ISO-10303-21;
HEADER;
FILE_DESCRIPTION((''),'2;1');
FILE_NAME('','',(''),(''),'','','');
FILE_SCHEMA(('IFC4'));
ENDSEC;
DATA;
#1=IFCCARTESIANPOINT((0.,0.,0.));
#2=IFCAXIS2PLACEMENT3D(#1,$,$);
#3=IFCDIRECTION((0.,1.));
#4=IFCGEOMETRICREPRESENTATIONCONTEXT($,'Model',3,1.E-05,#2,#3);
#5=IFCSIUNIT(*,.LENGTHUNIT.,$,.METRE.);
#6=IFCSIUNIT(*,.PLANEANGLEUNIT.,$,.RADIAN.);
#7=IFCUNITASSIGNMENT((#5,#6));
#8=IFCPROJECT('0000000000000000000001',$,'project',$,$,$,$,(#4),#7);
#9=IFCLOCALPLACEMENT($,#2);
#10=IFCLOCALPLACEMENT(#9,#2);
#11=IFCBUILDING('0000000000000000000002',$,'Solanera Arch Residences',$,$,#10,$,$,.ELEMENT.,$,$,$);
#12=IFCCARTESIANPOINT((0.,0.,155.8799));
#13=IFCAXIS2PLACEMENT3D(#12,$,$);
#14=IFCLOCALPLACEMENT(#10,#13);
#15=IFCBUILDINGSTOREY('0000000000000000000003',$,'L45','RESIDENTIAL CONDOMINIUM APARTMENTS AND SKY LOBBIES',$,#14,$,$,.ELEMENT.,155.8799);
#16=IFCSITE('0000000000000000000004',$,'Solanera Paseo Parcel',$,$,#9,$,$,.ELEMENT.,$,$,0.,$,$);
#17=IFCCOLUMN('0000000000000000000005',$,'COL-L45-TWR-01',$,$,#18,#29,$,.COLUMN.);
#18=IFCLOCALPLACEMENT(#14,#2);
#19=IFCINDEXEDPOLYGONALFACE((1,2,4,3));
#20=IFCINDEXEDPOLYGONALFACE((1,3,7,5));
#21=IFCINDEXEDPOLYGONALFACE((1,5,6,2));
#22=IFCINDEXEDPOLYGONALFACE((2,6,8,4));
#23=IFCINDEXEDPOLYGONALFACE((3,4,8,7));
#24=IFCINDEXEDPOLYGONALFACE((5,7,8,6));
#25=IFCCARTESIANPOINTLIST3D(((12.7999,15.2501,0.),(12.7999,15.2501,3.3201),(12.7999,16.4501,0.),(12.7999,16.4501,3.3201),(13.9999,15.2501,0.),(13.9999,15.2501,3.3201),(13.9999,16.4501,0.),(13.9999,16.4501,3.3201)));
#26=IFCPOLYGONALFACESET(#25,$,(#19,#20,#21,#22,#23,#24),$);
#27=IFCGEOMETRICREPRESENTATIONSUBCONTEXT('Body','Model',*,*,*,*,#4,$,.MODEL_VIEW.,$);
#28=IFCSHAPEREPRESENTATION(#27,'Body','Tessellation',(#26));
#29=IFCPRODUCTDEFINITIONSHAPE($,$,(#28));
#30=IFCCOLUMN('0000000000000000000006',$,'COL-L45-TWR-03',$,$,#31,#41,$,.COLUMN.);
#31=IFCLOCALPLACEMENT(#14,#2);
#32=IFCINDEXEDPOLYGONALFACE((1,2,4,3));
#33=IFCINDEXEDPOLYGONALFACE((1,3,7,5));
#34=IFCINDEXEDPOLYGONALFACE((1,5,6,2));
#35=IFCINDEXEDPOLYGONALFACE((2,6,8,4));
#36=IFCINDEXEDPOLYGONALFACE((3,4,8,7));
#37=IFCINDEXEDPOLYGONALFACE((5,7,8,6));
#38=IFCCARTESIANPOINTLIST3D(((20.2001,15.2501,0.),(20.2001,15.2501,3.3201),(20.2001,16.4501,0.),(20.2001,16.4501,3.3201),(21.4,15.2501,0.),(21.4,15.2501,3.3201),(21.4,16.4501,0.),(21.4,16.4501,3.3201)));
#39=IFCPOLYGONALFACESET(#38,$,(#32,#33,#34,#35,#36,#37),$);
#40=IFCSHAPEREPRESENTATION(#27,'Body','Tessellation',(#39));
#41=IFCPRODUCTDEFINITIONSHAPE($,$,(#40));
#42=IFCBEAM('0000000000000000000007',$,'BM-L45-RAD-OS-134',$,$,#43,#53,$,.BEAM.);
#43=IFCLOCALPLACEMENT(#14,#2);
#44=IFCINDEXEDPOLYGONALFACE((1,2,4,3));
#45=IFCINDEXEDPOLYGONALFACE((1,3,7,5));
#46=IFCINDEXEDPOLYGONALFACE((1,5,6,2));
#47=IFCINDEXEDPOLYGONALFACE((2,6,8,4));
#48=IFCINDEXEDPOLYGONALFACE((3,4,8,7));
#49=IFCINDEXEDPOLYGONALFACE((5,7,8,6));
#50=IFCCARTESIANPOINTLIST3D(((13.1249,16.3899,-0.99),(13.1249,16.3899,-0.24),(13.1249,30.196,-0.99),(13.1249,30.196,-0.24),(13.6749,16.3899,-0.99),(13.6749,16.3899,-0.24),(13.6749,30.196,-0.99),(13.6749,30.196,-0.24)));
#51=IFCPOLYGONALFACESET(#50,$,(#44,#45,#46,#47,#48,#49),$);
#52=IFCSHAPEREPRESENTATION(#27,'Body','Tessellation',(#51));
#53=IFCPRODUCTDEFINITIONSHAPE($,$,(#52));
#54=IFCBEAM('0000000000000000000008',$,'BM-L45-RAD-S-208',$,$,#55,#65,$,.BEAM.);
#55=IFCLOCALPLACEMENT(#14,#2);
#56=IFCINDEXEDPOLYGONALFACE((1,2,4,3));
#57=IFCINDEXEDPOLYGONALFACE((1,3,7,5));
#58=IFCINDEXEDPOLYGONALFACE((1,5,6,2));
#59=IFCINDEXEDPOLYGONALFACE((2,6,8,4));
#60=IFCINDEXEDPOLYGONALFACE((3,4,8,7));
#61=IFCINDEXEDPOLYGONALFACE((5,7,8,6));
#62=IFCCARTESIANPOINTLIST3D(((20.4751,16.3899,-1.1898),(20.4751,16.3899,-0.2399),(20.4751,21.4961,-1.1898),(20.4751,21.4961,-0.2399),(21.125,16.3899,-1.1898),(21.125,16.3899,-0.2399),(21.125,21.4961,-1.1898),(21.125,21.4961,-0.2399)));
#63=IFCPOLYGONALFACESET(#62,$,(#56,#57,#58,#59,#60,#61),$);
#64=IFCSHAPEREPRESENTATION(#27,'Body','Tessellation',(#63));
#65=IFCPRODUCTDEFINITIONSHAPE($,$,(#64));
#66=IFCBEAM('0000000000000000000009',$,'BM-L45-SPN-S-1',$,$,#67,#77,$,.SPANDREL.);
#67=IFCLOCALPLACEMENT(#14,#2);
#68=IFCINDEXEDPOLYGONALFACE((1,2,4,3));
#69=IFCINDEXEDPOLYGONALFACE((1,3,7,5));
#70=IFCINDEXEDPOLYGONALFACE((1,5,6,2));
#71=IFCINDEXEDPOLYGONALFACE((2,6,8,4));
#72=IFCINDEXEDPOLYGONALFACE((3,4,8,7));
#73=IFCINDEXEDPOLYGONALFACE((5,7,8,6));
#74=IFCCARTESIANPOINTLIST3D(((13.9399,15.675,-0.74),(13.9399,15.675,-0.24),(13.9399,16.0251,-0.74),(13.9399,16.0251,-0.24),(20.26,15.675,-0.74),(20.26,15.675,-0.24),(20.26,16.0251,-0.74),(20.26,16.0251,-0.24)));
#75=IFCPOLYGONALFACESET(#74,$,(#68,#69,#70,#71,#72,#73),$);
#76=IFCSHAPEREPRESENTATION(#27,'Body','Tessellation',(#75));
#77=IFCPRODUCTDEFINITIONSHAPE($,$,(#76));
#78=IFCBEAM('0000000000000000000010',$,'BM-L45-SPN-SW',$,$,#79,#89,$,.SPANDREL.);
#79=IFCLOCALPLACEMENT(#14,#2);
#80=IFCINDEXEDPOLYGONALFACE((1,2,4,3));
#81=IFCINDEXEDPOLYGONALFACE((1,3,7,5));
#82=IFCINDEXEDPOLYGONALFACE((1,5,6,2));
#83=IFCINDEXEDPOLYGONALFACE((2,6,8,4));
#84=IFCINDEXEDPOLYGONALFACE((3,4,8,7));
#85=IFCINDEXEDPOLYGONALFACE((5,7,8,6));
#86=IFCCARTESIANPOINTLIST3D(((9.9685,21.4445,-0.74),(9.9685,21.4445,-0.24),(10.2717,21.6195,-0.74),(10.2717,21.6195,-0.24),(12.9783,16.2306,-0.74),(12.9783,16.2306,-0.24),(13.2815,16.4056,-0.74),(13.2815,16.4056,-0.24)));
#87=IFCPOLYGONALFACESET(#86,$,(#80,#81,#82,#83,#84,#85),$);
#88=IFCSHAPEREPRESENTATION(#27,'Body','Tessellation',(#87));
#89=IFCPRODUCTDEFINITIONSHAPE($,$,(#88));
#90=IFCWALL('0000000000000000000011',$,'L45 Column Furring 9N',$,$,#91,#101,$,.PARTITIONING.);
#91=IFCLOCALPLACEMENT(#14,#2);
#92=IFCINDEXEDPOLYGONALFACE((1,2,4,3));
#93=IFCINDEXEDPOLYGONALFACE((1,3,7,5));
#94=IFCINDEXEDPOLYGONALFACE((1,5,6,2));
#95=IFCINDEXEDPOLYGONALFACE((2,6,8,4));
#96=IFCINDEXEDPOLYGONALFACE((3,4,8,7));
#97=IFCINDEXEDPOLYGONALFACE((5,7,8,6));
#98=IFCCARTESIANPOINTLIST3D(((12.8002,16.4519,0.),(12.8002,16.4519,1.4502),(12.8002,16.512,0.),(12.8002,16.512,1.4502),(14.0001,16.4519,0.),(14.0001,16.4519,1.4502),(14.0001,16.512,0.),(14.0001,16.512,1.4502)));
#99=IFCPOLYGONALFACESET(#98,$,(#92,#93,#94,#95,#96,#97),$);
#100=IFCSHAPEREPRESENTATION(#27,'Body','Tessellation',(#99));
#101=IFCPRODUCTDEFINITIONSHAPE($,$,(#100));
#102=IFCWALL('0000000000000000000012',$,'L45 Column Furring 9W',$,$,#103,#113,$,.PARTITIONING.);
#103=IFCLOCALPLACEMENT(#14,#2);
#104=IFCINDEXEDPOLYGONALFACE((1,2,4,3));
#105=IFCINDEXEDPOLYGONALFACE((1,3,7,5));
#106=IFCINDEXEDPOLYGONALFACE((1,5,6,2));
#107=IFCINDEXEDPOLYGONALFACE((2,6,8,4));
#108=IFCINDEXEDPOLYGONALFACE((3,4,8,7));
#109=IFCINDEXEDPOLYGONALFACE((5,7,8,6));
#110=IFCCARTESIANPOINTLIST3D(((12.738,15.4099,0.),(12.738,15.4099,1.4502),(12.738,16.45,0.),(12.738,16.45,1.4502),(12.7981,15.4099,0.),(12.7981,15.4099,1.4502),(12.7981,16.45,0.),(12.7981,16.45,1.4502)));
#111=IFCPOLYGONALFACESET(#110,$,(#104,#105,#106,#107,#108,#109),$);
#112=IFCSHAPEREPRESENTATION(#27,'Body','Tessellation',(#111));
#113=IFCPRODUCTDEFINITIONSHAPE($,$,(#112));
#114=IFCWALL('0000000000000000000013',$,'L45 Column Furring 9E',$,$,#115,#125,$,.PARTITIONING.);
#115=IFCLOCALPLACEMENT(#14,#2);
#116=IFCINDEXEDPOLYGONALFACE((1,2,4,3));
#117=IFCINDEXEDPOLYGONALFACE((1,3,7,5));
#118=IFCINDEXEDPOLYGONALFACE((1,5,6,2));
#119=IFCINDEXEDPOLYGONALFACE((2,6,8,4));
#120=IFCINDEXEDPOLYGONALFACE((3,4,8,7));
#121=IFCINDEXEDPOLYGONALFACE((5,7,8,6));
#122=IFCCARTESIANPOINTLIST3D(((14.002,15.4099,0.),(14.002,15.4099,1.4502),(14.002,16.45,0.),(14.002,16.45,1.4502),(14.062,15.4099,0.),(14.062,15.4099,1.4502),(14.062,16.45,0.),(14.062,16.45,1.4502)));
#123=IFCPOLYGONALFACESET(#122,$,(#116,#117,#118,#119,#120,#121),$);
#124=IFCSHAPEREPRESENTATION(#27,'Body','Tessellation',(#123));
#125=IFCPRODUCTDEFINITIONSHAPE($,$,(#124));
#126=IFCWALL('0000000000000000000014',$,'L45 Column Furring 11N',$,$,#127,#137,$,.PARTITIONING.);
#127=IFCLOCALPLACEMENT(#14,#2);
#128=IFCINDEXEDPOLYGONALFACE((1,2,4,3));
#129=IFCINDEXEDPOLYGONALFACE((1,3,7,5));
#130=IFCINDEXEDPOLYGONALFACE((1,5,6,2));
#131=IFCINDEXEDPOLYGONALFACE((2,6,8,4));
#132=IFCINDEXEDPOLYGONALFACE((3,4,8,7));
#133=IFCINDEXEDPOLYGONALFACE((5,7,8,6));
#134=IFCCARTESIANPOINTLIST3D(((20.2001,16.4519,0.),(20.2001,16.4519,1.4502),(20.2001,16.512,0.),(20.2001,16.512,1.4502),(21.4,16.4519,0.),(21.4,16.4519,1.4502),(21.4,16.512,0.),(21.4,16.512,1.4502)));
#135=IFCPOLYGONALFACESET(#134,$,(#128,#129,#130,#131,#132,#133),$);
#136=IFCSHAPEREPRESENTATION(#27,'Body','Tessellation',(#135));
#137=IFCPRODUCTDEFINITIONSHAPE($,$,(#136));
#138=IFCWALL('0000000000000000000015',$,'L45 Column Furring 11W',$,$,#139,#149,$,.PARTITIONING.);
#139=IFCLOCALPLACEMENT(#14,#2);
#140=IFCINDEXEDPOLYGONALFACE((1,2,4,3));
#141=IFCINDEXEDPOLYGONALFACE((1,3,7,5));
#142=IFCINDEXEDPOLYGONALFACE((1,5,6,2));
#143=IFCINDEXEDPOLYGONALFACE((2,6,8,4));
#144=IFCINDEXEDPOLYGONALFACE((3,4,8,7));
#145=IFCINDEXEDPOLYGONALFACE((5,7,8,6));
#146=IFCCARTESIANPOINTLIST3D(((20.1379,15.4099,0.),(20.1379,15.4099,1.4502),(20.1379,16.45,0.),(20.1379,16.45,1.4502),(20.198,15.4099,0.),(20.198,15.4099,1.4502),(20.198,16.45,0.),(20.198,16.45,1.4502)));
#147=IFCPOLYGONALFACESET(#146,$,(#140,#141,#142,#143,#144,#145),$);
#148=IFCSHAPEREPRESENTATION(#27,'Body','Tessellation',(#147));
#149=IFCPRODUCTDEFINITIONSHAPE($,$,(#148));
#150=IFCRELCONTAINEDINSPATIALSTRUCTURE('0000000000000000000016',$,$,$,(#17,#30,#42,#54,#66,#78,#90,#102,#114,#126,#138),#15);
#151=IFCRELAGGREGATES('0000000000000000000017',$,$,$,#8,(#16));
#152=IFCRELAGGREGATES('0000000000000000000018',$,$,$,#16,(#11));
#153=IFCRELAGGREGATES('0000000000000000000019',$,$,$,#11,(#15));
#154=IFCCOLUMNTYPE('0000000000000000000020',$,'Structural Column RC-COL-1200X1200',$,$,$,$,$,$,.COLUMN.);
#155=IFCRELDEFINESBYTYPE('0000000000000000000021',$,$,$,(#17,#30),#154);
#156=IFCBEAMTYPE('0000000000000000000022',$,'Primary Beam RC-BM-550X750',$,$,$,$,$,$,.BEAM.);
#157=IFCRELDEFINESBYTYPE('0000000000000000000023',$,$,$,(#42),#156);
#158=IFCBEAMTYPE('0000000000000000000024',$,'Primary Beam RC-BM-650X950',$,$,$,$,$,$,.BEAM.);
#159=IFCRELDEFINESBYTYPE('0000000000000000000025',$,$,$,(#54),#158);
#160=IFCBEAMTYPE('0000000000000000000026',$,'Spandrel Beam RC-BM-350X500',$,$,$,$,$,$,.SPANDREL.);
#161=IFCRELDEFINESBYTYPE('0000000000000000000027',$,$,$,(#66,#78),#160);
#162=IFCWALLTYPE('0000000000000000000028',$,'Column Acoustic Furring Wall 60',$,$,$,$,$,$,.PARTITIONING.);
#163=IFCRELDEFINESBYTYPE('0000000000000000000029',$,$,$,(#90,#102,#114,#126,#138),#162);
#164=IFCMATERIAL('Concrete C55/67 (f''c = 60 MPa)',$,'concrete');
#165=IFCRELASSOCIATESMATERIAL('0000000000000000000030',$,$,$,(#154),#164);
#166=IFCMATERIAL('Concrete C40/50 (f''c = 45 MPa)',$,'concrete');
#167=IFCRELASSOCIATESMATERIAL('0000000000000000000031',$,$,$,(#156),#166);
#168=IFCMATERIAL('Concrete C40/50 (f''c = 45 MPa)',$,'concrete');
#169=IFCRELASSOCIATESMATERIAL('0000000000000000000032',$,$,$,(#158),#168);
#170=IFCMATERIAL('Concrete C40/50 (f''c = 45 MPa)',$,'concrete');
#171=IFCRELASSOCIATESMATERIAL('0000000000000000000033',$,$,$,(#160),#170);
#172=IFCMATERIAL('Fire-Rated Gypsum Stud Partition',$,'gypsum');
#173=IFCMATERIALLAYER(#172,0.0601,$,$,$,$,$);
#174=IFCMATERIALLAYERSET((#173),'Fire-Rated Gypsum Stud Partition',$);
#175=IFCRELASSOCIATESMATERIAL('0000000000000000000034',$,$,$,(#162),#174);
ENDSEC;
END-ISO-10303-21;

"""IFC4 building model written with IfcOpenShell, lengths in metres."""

from ifc_helpers import new_model, si_unit, direction, frame, frame_2d, origin, origin_2d, place, context, subcontext, project, spatial, rectangle, extrude, material, layer, layer_set, material_profile, profile_set, type_object, element, save


model = new_model("IFC4")

# Units and contexts
model_context = context("Model", 3, precision=1e-05, world=origin(), true_north=direction((0.0, 1.0)))
body_context = subcontext(model_context, "Body", "Model", "MODEL_VIEW")
ifc_project = project(units=[si_unit("LENGTHUNIT", "METRE"), si_unit("PLANEANGLEUNIT", "RADIAN")], contexts=[model_context])

# Site, building, storey
site_placement = place(None, origin())
site = spatial("IfcSite", under=ifc_project, at=site_placement, Name="Solanera Paseo Parcel", CompositionType="ELEMENT", RefElevation=0.0)
building_placement = place(site_placement, origin())
building = spatial("IfcBuilding", under=site, at=building_placement, Name="Solanera Arch Residences", CompositionType="ELEMENT")
storey_placement = place(building_placement, frame((0.0, 0.0, 155.8799)))
storey = spatial("IfcBuildingStorey", under=building, at=storey_placement, Name="L45", Description="RESIDENTIAL CONDOMINIUM APARTMENTS AND SKY LOBBIES", CompositionType="ELEMENT", Elevation=155.8799)

# Columns
ifc_material_1 = material(Name="Concrete C55/67 (f'c = 60 MPa)", Category="concrete")
ifc_material_profile_1 = material_profile(ifc_material_1, rectangle(XDim=1.2, YDim=1.2, at=origin_2d()))
ifc_profile_set_1 = profile_set([ifc_material_profile_1], Name="Concrete C55/67 (f'c = 60 MPa)")
column_type = type_object("IfcColumnType", Name="Structural Column RC-COL-1200X1200", PredefinedType="COLUMN", material=ifc_profile_set_1)
for number, where, z_axis, x_axis, name in (
    (1, (13.3999, 15.8501, 0.0), (0.0, 0.0, 1.0), (1.0, 0.0, 0.0), "COL-L45-TWR-01"),
    (2, (20.8, 15.8501, 0.0), (0.0, 0.0, 1.0), (1.0, 0.0, 0.0), "COL-L45-TWR-03"),
):
    element("IfcColumn", number, at=place(storey_placement, frame(where, z_axis=z_axis, x_axis=x_axis)), inside=storey, type_object=column_type, Name=name, PredefinedType="COLUMN", context=body_context, shape_type="SweptSolid", body=[
        extrude(rectangle(XDim=1.2, YDim=1.2, at=origin_2d()), origin(), (0.0, 0.0, 1.0), 3.3201),
    ])

# Beams
ifc_material_2 = material(Name="Concrete C40/50 (f'c = 45 MPa)", Category="concrete")
ifc_material_profile_2 = material_profile(ifc_material_2, rectangle(XDim=0.55, YDim=0.75, at=origin_2d()))
ifc_profile_set_2 = profile_set([ifc_material_profile_2], Name="Concrete C40/50 (f'c = 45 MPa)")
beam_type_1 = type_object("IfcBeamType", Name="Primary Beam RC-BM-550X750", PredefinedType="BEAM", material=ifc_profile_set_2)
beam_1_placement = place(storey_placement, frame((13.3999, 16.3899, -0.615), z_axis=(0.0, 1.0, 0.0), x_axis=(-1.0, 0.0, 0.0)))
element("IfcBeam", 3, at=beam_1_placement, inside=storey, type_object=beam_type_1, Name="BM-L45-RAD-OS-134", PredefinedType="BEAM", context=body_context, shape_type="SweptSolid", body=[
    extrude(rectangle(XDim=0.55, YDim=0.75, at=origin_2d()), origin(), (0.0, 0.0, 1.0), 13.8062),
])
ifc_material_3 = material(Name="Concrete C40/50 (f'c = 45 MPa)", Category="concrete")
ifc_material_profile_3 = material_profile(ifc_material_3, rectangle(XDim=0.6499, YDim=0.95, at=origin_2d()))
ifc_profile_set_3 = profile_set([ifc_material_profile_3], Name="Concrete C40/50 (f'c = 45 MPa)")
beam_type_2 = type_object("IfcBeamType", Name="Primary Beam RC-BM-650X950", PredefinedType="BEAM", material=ifc_profile_set_3)
beam_2_placement = place(storey_placement, frame((20.8, 16.3899, -0.7148), z_axis=(0.0, 1.0, 0.0), x_axis=(-1.0, 0.0, 0.0)))
element("IfcBeam", 4, at=beam_2_placement, inside=storey, type_object=beam_type_2, Name="BM-L45-RAD-S-208", PredefinedType="BEAM", context=body_context, shape_type="SweptSolid", body=[
    extrude(rectangle(XDim=0.6499, YDim=0.95, at=origin_2d()), origin(), (0.0, 0.0, 1.0), 5.1062),
])
ifc_material_4 = material(Name="Concrete C40/50 (f'c = 45 MPa)", Category="concrete")
ifc_material_profile_4 = material_profile(ifc_material_4, rectangle(XDim=0.3501, YDim=0.5, at=origin_2d()))
ifc_profile_set_4 = profile_set([ifc_material_profile_4], Name="Concrete C40/50 (f'c = 45 MPa)")
beam_type_3 = type_object("IfcBeamType", Name="Spandrel Beam RC-BM-350X500", PredefinedType="SPANDREL", material=ifc_profile_set_4)
beam_3_placement = place(storey_placement, frame((13.9399, 15.8501, -0.49), z_axis=(1.0, 0.0, 0.0), x_axis=(0.0, 1.0, 0.0)))
element("IfcBeam", 5, at=beam_3_placement, inside=storey, type_object=beam_type_3, Name="BM-L45-SPN-S-1", PredefinedType="SPANDREL", context=body_context, shape_type="SweptSolid", body=[
    extrude(rectangle(XDim=0.3501, YDim=0.5, at=origin_2d()), origin(), (0.0, 0.0, 1.0), 6.3201),
])
beam_4_placement = place(storey_placement, frame((13.1299, 16.3181, -0.49), z_axis=(-0.499942, 0.866059, 0.0), x_axis=(-0.866059, -0.499942, 0.0)))
element("IfcBeam", 6, at=beam_4_placement, inside=storey, type_object=beam_type_3, Name="BM-L45-SPN-SW", PredefinedType="SPANDREL", context=body_context, shape_type="SweptSolid", body=[
    extrude(rectangle(XDim=0.3501, YDim=0.5, at=origin_2d()), origin(), (0.0, 0.0, 1.0), 6.0203),
])

# Walls
ifc_material_5 = material(Name="Fire-Rated Gypsum Stud Partition", Category="gypsum")
ifc_layer_1 = layer(ifc_material_5, 0.0601)
ifc_layer_set_1 = layer_set([ifc_layer_1], Name="Fire-Rated Gypsum Stud Partition")
wall_type_1 = type_object("IfcWallType", Name="Column Acoustic Furring Wall 60", PredefinedType="PARTITIONING", material=ifc_layer_set_1)
wall_1_placement = place(storey_placement, frame((12.8, 16.4819, 0.0), z_axis=(0.0, 0.0, 1.0), x_axis=(1.0, 0.0, 0.0)))
element("IfcWall", 7, at=wall_1_placement, inside=storey, type_object=wall_type_1, Name="L45 Column Furring 9N", PredefinedType="PARTITIONING", context=body_context, shape_type="SweptSolid", body=[
    extrude(rectangle(XDim=1.2, YDim=0.0601, at=frame_2d((0.6001, 0.0))), origin(), (0.0, 0.0, 1.0), 1.4502),
])
for number, where, z_axis, x_axis, name in (
    (8, (12.7681, 15.4099, 0.0), (0.0, 0.0, 1.0), (0.0, 1.0, 0.0), "L45 Column Furring 9W"),
    (9, (14.032, 15.4099, 0.0), (0.0, 0.0, 1.0), (0.0, 1.0, 0.0), "L45 Column Furring 9E"),
):
    element("IfcWall", number, at=place(storey_placement, frame(where, z_axis=z_axis, x_axis=x_axis)), inside=storey, type_object=wall_type_1, Name=name, PredefinedType="PARTITIONING", context=body_context, shape_type="SweptSolid", body=[
        extrude(rectangle(XDim=1.04, YDim=0.0601, at=frame_2d((0.52, 0.0))), origin(), (0.0, 0.0, 1.0), 1.4502),
    ])
wall_2_placement = place(storey_placement, frame((20.2, 16.4819, 0.0), z_axis=(0.0, 0.0, 1.0), x_axis=(1.0, 0.0, 0.0)))
element("IfcWall", 10, at=wall_2_placement, inside=storey, type_object=wall_type_1, Name="L45 Column Furring 11N", PredefinedType="PARTITIONING", context=body_context, shape_type="SweptSolid", body=[
    extrude(rectangle(XDim=1.2, YDim=0.0601, at=frame_2d((0.6001, 0.0))), origin(), (0.0, 0.0, 1.0), 1.4502),
])
wall_3_placement = place(storey_placement, frame((20.168, 15.4099, 0.0), z_axis=(0.0, 0.0, 1.0), x_axis=(0.0, 1.0, 0.0)))
element("IfcWall", 11, at=wall_3_placement, inside=storey, type_object=wall_type_1, Name="L45 Column Furring 11W", PredefinedType="PARTITIONING", context=body_context, shape_type="SweptSolid", body=[
    extrude(rectangle(XDim=1.04, YDim=0.0601, at=frame_2d((0.52, 0.0))), origin(), (0.0, 0.0, 1.0), 1.4502),
])

save(model, "model.ifc")
